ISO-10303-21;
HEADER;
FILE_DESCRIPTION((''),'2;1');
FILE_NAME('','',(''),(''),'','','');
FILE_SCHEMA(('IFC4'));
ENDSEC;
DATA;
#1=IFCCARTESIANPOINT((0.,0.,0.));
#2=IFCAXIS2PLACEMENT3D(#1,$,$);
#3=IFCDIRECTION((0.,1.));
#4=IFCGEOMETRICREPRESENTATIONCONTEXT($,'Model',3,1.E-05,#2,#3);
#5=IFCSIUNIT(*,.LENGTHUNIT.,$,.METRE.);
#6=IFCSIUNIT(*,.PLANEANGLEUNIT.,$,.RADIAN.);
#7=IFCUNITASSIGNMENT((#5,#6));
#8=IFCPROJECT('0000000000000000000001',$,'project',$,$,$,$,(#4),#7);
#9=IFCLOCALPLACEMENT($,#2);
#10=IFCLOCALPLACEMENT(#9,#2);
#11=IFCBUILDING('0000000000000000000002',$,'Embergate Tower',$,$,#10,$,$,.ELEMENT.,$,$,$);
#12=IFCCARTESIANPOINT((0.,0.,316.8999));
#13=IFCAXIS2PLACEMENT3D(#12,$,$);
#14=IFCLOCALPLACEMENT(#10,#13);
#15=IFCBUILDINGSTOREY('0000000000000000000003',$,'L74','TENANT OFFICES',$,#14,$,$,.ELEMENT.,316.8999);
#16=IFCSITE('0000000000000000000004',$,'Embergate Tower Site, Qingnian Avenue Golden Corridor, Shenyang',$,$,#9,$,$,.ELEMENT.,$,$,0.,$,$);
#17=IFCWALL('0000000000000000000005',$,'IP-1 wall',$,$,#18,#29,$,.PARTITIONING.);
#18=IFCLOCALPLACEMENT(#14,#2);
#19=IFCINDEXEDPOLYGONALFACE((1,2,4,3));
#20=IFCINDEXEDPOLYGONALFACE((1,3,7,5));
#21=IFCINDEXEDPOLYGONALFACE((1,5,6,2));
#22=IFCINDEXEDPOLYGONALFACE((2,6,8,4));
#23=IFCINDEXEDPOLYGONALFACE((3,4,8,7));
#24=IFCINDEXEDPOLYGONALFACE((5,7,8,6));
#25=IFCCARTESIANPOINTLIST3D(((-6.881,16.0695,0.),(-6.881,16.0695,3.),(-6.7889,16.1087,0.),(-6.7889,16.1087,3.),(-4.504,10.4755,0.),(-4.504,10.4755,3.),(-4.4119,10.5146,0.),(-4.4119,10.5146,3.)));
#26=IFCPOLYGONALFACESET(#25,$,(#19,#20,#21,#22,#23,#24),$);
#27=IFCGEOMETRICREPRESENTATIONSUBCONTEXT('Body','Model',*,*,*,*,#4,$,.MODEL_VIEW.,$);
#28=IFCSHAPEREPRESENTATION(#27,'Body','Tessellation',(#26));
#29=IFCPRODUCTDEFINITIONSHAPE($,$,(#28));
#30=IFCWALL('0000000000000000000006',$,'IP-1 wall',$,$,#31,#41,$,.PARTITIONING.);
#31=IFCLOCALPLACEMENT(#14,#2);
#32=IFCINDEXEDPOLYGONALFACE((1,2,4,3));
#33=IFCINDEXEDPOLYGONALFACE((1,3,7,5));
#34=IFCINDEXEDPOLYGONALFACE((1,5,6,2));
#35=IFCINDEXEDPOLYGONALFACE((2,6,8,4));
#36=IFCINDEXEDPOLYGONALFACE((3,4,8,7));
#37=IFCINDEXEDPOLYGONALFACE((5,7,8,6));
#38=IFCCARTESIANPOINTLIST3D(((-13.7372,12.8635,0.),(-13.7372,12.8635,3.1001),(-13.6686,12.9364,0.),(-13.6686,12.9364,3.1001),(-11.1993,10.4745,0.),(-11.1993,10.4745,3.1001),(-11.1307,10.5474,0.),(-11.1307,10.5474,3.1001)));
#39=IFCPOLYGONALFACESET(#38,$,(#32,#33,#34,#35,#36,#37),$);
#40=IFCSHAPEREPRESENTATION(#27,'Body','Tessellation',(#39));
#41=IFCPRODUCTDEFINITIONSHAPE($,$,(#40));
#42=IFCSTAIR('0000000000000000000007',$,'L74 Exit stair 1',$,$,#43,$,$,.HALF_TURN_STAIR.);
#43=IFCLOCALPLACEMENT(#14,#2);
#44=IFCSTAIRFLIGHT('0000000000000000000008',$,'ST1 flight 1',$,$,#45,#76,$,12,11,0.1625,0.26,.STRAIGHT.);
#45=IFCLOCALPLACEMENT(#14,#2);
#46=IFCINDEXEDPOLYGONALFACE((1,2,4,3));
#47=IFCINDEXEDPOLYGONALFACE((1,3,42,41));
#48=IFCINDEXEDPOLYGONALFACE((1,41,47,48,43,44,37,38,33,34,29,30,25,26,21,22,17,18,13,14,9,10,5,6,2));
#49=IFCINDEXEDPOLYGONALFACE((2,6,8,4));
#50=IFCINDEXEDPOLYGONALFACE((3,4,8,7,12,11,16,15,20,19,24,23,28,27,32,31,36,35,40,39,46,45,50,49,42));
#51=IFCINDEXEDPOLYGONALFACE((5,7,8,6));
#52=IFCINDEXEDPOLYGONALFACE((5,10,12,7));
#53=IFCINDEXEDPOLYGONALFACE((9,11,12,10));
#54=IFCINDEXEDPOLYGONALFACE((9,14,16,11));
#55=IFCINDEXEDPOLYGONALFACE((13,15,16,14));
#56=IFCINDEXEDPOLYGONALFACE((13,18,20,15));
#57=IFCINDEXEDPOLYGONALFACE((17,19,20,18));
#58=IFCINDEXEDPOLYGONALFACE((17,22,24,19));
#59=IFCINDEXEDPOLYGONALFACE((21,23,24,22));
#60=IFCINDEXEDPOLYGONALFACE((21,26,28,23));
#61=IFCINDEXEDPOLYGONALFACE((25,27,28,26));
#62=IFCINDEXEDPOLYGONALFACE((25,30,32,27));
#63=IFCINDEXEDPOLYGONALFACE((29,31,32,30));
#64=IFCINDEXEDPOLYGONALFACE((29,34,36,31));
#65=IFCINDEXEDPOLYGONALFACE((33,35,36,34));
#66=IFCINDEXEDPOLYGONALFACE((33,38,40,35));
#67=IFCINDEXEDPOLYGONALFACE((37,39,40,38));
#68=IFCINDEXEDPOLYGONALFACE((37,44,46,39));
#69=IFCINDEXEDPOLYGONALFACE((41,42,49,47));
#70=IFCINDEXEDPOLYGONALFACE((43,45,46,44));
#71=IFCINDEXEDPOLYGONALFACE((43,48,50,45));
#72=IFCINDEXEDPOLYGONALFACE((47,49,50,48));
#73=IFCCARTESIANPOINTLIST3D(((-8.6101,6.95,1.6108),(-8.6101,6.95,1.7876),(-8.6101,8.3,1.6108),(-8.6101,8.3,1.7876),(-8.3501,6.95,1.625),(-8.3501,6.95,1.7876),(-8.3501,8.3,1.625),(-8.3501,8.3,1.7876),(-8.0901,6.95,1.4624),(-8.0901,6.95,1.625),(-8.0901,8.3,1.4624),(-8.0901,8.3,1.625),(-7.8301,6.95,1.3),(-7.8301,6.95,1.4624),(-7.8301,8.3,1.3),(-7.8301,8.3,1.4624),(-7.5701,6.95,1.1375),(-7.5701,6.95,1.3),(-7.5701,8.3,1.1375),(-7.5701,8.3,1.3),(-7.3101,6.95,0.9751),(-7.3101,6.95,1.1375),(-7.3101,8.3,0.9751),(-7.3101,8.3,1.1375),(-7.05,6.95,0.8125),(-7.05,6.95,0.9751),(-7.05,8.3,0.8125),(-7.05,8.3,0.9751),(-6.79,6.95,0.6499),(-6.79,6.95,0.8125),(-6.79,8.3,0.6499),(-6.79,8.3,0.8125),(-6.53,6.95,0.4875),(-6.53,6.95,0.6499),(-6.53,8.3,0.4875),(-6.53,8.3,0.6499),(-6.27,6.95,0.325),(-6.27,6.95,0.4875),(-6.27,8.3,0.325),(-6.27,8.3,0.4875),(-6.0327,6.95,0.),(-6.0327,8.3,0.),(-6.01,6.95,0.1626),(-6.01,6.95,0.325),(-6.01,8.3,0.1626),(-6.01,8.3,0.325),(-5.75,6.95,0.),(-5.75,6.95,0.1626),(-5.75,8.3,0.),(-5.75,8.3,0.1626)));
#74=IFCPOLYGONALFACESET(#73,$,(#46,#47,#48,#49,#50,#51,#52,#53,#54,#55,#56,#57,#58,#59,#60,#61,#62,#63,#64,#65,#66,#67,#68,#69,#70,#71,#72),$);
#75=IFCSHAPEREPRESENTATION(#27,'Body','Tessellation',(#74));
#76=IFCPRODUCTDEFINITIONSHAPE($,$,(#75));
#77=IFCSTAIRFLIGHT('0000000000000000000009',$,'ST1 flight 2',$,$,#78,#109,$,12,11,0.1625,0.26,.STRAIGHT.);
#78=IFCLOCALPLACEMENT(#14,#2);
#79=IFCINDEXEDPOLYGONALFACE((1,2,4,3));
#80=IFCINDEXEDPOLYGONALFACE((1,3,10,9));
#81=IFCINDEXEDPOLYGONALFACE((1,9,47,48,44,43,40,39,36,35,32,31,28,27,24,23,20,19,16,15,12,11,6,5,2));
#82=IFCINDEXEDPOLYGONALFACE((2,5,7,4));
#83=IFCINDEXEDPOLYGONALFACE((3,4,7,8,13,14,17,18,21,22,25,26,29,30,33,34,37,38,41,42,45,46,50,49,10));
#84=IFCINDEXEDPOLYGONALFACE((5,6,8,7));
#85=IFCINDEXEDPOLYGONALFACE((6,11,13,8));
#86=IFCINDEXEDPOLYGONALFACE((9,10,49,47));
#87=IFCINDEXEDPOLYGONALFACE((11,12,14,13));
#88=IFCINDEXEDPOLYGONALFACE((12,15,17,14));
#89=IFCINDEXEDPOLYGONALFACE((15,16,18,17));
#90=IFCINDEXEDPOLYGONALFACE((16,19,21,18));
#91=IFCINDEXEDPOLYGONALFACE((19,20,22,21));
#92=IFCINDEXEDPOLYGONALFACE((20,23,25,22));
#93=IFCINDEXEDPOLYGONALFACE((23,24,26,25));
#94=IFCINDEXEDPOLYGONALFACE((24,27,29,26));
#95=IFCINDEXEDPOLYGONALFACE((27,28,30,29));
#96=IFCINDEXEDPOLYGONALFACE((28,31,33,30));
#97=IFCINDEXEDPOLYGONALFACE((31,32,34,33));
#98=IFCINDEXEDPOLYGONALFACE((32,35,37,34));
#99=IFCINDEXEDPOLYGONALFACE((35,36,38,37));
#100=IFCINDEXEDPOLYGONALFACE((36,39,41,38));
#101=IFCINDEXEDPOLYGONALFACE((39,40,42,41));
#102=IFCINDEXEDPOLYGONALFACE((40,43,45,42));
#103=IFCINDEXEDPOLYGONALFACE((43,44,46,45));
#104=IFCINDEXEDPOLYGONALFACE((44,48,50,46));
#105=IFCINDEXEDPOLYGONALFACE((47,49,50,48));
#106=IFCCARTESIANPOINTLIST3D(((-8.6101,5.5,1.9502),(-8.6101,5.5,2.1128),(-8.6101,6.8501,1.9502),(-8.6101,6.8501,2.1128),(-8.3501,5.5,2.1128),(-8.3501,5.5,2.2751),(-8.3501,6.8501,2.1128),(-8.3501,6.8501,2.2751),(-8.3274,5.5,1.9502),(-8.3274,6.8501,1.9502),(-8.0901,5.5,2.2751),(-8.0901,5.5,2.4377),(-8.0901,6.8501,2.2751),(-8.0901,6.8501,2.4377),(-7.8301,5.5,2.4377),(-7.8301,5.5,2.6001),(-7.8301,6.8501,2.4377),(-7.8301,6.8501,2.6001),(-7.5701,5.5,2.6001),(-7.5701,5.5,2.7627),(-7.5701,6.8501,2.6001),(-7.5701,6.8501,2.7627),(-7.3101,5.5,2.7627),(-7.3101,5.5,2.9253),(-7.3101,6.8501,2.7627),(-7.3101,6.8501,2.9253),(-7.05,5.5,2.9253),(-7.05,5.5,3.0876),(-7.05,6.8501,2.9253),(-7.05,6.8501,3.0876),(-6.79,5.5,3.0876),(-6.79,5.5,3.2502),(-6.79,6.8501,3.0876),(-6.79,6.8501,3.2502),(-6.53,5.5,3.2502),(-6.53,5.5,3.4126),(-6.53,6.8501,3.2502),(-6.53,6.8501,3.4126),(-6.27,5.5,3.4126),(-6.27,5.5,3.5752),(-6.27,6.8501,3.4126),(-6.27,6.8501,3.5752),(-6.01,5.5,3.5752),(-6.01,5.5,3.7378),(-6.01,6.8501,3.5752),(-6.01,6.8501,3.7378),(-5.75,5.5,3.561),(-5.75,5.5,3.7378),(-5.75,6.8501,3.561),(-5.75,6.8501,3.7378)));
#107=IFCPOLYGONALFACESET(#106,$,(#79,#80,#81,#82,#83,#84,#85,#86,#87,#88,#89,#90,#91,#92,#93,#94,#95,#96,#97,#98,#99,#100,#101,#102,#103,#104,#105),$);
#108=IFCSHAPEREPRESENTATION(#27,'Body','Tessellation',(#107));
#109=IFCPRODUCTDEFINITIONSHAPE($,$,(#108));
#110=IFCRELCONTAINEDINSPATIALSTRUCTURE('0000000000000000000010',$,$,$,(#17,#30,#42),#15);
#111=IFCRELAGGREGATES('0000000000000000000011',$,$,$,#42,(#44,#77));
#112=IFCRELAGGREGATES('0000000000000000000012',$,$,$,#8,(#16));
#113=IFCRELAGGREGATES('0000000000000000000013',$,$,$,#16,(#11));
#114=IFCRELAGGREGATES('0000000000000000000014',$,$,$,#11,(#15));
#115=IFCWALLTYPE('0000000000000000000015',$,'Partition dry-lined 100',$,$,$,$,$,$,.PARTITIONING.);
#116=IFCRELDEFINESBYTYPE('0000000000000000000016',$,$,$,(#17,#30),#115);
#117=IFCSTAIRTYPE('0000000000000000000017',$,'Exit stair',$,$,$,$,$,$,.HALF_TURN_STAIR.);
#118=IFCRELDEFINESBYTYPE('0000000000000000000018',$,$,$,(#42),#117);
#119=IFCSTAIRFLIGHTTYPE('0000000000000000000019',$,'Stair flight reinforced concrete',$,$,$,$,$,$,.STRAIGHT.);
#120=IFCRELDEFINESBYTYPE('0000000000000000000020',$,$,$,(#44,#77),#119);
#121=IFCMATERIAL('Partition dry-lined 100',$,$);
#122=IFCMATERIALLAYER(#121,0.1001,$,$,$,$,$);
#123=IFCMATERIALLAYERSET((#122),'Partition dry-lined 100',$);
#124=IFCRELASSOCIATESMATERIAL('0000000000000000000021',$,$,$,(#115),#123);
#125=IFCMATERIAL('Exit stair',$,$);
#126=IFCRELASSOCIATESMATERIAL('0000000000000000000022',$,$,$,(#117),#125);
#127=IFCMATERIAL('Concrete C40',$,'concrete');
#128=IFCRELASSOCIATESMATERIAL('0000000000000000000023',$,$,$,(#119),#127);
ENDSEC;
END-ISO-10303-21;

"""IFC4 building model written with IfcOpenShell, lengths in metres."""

from ifc_helpers import new_model, si_unit, direction, frame, frame_2d, origin, place, context, subcontext, project, spatial, polyline, rectangle, outline, extrude, source, transform, mapped, material, layer, layer_set, type_object, element, aggregate, save


model = new_model("IFC4")

# Units and contexts
model_context = context("Model", 3, precision=1e-05, world=origin(), true_north=direction((0.0, 1.0)))
body_context = subcontext(model_context, "Body", "Model", "MODEL_VIEW")
ifc_project = project(units=[si_unit("LENGTHUNIT", "METRE"), si_unit("PLANEANGLEUNIT", "RADIAN")], contexts=[model_context])

# Site, building, storey
site_placement = place(None, origin())
site = spatial("IfcSite", under=ifc_project, at=site_placement, Name="Embergate Tower Site, Qingnian Avenue Golden Corridor, Shenyang", CompositionType="ELEMENT", RefElevation=0.0)
building_placement = place(site_placement, origin())
building = spatial("IfcBuilding", under=site, at=building_placement, Name="Embergate Tower", CompositionType="ELEMENT")
storey_placement = place(building_placement, frame((0.0, 0.0, 316.8999)))
storey = spatial("IfcBuildingStorey", under=building, at=storey_placement, Name="L74", Description="TENANT OFFICES", CompositionType="ELEMENT", Elevation=316.8999)

# Walls
ifc_material_1 = material(Name="Partition dry-lined 100")
ifc_layer_1 = layer(ifc_material_1, 0.1001)
ifc_layer_set_1 = layer_set([ifc_layer_1], Name="Partition dry-lined 100")
wall_type_1 = type_object("IfcWallType", Name="Partition dry-lined 100", PredefinedType="PARTITIONING", material=ifc_layer_set_1)
shared_shape_1 = source(origin(), body_context, "Body", "SweptSolid", [
    extrude(rectangle(XDim=6.0781, YDim=0.1001, at=frame_2d((3.0391, 0.0))), origin(), (0.0, 0.0, 1.0), 3.0),
])
wall_1_placement = place(storey_placement, frame((-6.835, 16.0891, 0.0), z_axis=(0.0, 0.0, 1.0), x_axis=(0.391072, -0.92036, 0.0)))
element("IfcWall", 1, at=wall_1_placement, inside=storey, type_object=wall_type_1, Name="IP-1 wall", PredefinedType="PARTITIONING", context=body_context, shape_type="MappedRepresentation", body=[
    mapped(shared_shape_1, transform((0.0, 0.0, 0.0))),
])
shared_shape_2 = source(origin(), body_context, "Body", "SweptSolid", [
    extrude(rectangle(XDim=3.4854, YDim=0.1001, at=frame_2d((1.7427, 0.0))), origin(), (0.0, 0.0, 1.0), 3.1001),
])
wall_2_placement = place(storey_placement, frame((-11.165, 10.511, 0.0), z_axis=(0.0, 0.0, 1.0), x_axis=(-0.728149, 0.685419, 0.0)))
element("IfcWall", 2, at=wall_2_placement, inside=storey, type_object=wall_type_1, Name="IP-1 wall", PredefinedType="PARTITIONING", context=body_context, shape_type="MappedRepresentation", body=[
    mapped(shared_shape_2, transform((0.0, 0.0, 0.0))),
])

# Stair, stair flights
ifc_material_2 = material(Name="Exit stair")
stair_type = type_object("IfcStairType", Name="Exit stair", PredefinedType="HALF_TURN_STAIR", material=ifc_material_2)
stair_placement = place(storey_placement, origin())
stair = element("IfcStair", 3, at=stair_placement, inside=storey, type_object=stair_type, Name="L74 Exit stair 1", PredefinedType="HALF_TURN_STAIR")
ifc_material_3 = material(Name="Concrete C40", Category="concrete")
stair_flight_type = type_object("IfcStairFlightType", Name="Stair flight reinforced concrete", PredefinedType="STRAIGHT", material=ifc_material_3)
shared_shape_3 = source(origin(), body_context, "Body", "SweptSolid", [
    extrude(outline(polyline([(0.0, 0.0), (0.0, 0.1626), (0.26, 0.1626), (0.26, 0.325), (0.52, 0.325), (0.52, 0.4875), (0.78, 0.4875), (0.78, 0.6499), (1.04, 0.6499), (1.04, 0.8125), (1.3, 0.8125), (1.3, 0.9751), (1.5601, 0.9751), (1.5601, 1.1375), (1.8201, 1.1375), (1.8201, 1.3), (2.0801, 1.3), (2.0801, 1.4624), (2.3401, 1.4624), (2.3401, 1.625), (2.6001, 1.625), (2.6001, 1.7876), (2.8601, 1.7876), (2.8601, 1.95), (2.8601, 1.6108), (0.2827, 0.0), (0.0, 0.0)])), frame((0.0, 0.675, 0.0), z_axis=(0.0, -1.0, 0.0), x_axis=(1.0, 0.0, 0.0)), (0.0, 0.0, 1.0), 1.3501),
])
stair_flight_1_placement = place(storey_placement, frame((-5.75, 7.625, 0.0), z_axis=(0.0, 0.0, 1.0), x_axis=(-1.0, 0.0, 0.0)))
stair_flight_1 = element("IfcStairFlight", 4, at=stair_flight_1_placement, type_object=stair_flight_type, Name="ST1 flight 1", NumberOfRisers=12, NumberOfTreads=11, PredefinedType="STRAIGHT", RiserHeight=0.1625, TreadLength=0.26, context=body_context, shape_type="MappedRepresentation", body=[
    mapped(shared_shape_3, transform((0.0, 0.0, 0.0))),
])
stair_flight_2_placement = place(storey_placement, frame((-8.6101, 6.175, 1.9502), z_axis=(0.0, 0.0, 1.0), x_axis=(1.0, 0.0, 0.0)))
stair_flight_2 = element("IfcStairFlight", 5, at=stair_flight_2_placement, type_object=stair_flight_type, Name="ST1 flight 2", NumberOfRisers=12, NumberOfTreads=11, PredefinedType="STRAIGHT", RiserHeight=0.1625, TreadLength=0.26, context=body_context, shape_type="MappedRepresentation", body=[
    mapped(shared_shape_3, transform((0.0, 0.0, 0.0))),
])
aggregate(stair, [stair_flight_1, stair_flight_2])

save(model, "model.ifc")
